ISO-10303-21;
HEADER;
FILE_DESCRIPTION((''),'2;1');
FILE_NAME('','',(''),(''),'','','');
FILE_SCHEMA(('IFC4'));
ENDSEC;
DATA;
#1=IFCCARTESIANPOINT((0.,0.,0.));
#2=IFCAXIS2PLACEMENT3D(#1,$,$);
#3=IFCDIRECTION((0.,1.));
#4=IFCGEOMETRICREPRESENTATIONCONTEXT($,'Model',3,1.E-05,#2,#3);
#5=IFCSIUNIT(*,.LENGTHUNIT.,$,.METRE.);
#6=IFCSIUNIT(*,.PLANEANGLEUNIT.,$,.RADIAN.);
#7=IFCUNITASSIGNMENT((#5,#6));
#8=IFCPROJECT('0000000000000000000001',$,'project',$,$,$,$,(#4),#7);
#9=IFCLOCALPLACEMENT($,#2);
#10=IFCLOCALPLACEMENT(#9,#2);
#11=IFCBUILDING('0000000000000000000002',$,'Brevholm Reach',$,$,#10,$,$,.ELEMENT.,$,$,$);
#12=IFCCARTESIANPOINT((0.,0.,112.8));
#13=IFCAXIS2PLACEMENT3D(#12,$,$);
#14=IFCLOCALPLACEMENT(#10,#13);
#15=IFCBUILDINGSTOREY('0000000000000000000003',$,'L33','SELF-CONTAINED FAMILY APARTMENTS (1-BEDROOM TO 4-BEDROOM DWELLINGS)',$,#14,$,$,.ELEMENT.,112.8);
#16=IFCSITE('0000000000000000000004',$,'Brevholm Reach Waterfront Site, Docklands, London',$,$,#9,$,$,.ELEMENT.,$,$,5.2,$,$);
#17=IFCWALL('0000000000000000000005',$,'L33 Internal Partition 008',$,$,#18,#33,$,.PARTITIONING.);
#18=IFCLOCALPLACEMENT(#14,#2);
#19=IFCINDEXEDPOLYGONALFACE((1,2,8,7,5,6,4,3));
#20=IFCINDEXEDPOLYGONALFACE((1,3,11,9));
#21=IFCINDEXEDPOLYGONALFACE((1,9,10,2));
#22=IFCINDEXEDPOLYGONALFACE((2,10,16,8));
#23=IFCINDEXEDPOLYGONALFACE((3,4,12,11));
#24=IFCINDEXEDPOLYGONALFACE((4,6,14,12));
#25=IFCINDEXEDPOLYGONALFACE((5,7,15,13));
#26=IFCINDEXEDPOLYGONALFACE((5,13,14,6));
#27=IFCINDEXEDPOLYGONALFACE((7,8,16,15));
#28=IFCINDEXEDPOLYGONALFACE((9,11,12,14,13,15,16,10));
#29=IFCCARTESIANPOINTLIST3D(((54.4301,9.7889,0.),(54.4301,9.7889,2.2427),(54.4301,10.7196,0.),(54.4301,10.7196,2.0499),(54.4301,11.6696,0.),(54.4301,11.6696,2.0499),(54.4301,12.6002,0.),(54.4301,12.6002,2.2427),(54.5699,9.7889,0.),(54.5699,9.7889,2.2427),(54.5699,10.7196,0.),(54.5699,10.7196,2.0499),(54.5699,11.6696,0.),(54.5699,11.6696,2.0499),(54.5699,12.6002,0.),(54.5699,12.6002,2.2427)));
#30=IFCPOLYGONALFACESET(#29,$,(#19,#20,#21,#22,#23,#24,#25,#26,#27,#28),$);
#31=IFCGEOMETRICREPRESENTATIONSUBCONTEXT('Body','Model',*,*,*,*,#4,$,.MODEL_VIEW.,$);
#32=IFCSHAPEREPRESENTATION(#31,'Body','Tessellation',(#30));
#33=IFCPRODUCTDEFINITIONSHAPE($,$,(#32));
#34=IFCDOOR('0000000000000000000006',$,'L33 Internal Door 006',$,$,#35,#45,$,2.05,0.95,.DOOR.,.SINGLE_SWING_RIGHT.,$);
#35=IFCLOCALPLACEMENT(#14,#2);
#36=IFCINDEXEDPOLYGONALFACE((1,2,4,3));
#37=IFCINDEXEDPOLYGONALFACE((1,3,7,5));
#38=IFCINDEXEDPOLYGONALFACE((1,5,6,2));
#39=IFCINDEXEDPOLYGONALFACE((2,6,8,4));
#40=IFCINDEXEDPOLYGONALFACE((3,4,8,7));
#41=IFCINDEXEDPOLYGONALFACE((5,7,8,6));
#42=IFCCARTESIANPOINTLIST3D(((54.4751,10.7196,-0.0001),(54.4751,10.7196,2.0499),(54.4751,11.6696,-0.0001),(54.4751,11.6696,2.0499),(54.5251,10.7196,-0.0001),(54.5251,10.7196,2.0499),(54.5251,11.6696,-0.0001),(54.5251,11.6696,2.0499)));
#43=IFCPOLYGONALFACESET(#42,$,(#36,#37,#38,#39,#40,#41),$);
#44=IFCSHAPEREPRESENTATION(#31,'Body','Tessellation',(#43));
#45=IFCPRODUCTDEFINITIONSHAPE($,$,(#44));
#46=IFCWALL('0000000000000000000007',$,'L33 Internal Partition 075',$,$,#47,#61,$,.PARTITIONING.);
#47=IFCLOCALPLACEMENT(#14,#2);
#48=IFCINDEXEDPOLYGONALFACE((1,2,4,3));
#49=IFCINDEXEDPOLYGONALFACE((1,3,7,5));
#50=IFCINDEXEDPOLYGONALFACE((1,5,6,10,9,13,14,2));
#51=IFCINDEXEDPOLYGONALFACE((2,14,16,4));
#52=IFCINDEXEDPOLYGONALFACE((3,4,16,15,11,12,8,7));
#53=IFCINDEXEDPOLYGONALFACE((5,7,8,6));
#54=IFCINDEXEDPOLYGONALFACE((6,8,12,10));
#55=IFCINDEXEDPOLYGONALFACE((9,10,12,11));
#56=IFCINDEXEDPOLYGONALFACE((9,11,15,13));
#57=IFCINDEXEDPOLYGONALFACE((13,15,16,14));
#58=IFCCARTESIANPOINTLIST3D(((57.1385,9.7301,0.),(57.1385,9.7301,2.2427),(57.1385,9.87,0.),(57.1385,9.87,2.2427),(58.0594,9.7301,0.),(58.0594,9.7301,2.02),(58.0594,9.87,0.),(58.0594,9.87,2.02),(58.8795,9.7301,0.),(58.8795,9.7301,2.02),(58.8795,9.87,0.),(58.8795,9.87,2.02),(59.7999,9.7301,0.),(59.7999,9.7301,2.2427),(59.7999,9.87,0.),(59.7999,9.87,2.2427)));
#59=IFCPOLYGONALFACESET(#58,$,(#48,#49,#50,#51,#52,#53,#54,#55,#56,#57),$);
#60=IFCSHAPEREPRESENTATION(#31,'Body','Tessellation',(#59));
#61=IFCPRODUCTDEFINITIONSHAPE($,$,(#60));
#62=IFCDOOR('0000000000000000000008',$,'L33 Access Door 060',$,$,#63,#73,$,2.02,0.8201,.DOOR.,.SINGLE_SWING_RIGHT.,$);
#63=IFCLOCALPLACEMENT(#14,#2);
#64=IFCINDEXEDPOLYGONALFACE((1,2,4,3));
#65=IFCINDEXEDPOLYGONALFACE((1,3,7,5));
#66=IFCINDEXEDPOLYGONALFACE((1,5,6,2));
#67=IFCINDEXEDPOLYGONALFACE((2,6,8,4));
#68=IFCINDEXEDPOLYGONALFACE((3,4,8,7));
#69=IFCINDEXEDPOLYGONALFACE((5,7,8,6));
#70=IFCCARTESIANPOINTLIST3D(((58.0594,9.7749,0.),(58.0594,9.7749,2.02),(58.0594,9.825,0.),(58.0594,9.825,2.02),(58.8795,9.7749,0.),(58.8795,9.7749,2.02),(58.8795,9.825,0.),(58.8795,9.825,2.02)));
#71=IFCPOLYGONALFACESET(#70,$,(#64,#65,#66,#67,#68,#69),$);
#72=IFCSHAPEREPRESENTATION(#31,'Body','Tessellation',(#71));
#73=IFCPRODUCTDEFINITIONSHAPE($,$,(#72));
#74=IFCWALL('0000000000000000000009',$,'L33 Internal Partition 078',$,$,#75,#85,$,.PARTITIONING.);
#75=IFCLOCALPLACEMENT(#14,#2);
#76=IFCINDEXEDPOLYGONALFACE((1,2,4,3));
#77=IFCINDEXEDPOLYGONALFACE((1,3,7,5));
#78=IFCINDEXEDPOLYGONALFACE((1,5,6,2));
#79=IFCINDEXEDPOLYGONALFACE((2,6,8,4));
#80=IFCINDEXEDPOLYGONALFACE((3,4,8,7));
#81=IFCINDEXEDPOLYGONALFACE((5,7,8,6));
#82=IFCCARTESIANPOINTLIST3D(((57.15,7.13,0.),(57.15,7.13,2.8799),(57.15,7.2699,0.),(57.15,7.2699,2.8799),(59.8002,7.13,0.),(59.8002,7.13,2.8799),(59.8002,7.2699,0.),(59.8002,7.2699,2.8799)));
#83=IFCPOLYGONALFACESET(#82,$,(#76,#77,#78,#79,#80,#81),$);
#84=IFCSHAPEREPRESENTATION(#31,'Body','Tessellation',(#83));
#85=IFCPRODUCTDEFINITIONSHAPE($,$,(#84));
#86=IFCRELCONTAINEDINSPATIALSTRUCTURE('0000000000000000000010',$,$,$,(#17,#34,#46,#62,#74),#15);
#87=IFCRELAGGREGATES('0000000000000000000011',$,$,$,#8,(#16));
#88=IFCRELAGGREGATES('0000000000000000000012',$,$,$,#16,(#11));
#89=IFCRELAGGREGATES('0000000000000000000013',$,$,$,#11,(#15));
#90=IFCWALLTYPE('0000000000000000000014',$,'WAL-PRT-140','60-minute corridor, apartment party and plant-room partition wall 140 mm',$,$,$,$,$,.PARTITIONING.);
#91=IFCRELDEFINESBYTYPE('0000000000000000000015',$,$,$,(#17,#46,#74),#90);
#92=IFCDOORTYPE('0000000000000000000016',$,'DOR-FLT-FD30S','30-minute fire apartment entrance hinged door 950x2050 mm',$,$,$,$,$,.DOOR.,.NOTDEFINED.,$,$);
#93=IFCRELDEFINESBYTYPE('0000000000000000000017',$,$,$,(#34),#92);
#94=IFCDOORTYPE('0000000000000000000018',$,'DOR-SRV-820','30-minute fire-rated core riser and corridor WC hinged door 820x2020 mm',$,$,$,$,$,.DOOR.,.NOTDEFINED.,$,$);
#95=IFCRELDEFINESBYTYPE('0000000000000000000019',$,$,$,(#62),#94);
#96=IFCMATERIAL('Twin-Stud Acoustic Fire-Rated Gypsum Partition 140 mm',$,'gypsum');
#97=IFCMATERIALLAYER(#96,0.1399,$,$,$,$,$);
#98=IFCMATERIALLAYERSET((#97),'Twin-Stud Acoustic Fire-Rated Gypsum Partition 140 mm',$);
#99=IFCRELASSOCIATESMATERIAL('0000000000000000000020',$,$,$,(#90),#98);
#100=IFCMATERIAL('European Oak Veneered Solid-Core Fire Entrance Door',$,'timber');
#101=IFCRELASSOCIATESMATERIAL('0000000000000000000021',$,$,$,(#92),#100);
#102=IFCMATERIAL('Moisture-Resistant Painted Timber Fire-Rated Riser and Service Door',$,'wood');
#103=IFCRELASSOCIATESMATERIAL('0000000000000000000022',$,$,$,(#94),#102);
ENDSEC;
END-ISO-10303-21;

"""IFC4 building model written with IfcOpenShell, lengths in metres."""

from ifc_helpers import new_model, si_unit, direction, frame, frame_2d, origin, place, context, subcontext, project, spatial, rectangle, extrude, material, layer, layer_set, type_object, element, fill, save


model = new_model("IFC4")

# Units and contexts
model_context = context("Model", 3, precision=1e-05, world=origin(), true_north=direction((0.0, 1.0)))
body_context = subcontext(model_context, "Body", "Model", "MODEL_VIEW")
ifc_project = project(units=[si_unit("LENGTHUNIT", "METRE"), si_unit("PLANEANGLEUNIT", "RADIAN")], contexts=[model_context])

# Site, building, storey
site_placement = place(None, origin())
site = spatial("IfcSite", under=ifc_project, at=site_placement, Name="Brevholm Reach Waterfront Site, Docklands, London", CompositionType="ELEMENT", RefElevation=5.2)
building_placement = place(site_placement, origin())
building = spatial("IfcBuilding", under=site, at=building_placement, Name="Brevholm Reach", CompositionType="ELEMENT")
storey_placement = place(building_placement, frame((0.0, 0.0, 112.8)))
storey = spatial("IfcBuildingStorey", under=building, at=storey_placement, Name="L33", Description="SELF-CONTAINED FAMILY APARTMENTS (1-BEDROOM TO 4-BEDROOM DWELLINGS)", CompositionType="ELEMENT", Elevation=112.8)

# Walls, openings, doors
ifc_material_1 = material(Name="Twin-Stud Acoustic Fire-Rated Gypsum Partition 140 mm", Category="gypsum")
ifc_layer_1 = layer(ifc_material_1, 0.1399)
ifc_layer_set_1 = layer_set([ifc_layer_1], Name="Twin-Stud Acoustic Fire-Rated Gypsum Partition 140 mm")
wall_type_1 = type_object("IfcWallType", Name="WAL-PRT-140", Description="60-minute corridor, apartment party and plant-room partition wall 140 mm", PredefinedType="PARTITIONING", material=ifc_layer_set_1)
wall_1_placement = place(storey_placement, frame((54.5, 9.7888, 0.0), z_axis=(0.0, 0.0, 1.0), x_axis=(0.0, 1.0, 0.0)))
wall_1 = element("IfcWall", 1, at=wall_1_placement, inside=storey, type_object=wall_type_1, Name="L33 Internal Partition 008", PredefinedType="PARTITIONING", context=body_context, shape_type="SweptSolid", body=[
    extrude(rectangle(XDim=2.8113, YDim=0.1399, at=frame_2d((1.4058, 0.0))), origin(), (0.0, 0.0, 1.0), 2.2427),
])
opening_1_placement = place(wall_1_placement, frame((0.9307, 0.0, 0.0)))
opening_1 = element("IfcOpeningElement", 2, at=opening_1_placement, cuts=wall_1, PredefinedType="OPENING", context=body_context, shape_type="SweptSolid", body=[
    extrude(rectangle(XDim=0.95, YDim=2.05, at=frame_2d((0.4751, 1.0249))), frame((0.0, 0.0798, 0.0), z_axis=(0.0, -1.0, 0.0), x_axis=(1.0, 0.0, 0.0)), (0.0, 0.0, 1.0), 0.1599),
])
ifc_material_2 = material(Name="European Oak Veneered Solid-Core Fire Entrance Door", Category="timber")
door_type_1 = type_object("IfcDoorType", Name="DOR-FLT-FD30S", Description="30-minute fire apartment entrance hinged door 950x2050 mm", OperationType="NOTDEFINED", PredefinedType="DOOR", material=ifc_material_2)
door_1_placement = place(opening_1_placement, origin())
door_1 = element("IfcDoor", 3, at=door_1_placement, inside=storey, type_object=door_type_1, Name="L33 Internal Door 006", OperationType="SINGLE_SWING_RIGHT", OverallHeight=2.05, OverallWidth=0.95, PredefinedType="DOOR", context=body_context, shape_type="SweptSolid", body=[
    extrude(rectangle(XDim=0.95, YDim=2.05, at=frame_2d((0.4751, 1.0249))), frame((0.0, 0.0249, 0.0), z_axis=(0.0, -1.0, 0.0), x_axis=(1.0, 0.0, 0.0)), (0.0, 0.0, 1.0), 0.05),
])
fill(opening_1, door_1)
wall_2_placement = place(storey_placement, frame((57.1387, 9.8, 0.0), z_axis=(0.0, 0.0, 1.0), x_axis=(1.0, 0.0, 0.0)))
wall_2 = element("IfcWall", 4, at=wall_2_placement, inside=storey, type_object=wall_type_1, Name="L33 Internal Partition 075", PredefinedType="PARTITIONING", context=body_context, shape_type="SweptSolid", body=[
    extrude(rectangle(XDim=2.6614, YDim=0.1399, at=frame_2d((1.3306, 0.0))), origin(), (0.0, 0.0, 1.0), 2.2427),
])
opening_2_placement = place(wall_2_placement, frame((0.9207, 0.0, 0.0)))
opening_2 = element("IfcOpeningElement", 5, at=opening_2_placement, cuts=wall_2, PredefinedType="OPENING", context=body_context, shape_type="SweptSolid", body=[
    extrude(rectangle(XDim=0.8201, YDim=2.02, at=frame_2d((0.4102, 1.01))), frame((0.0, 0.0798, 0.0), z_axis=(0.0, -1.0, 0.0), x_axis=(1.0, 0.0, 0.0)), (0.0, 0.0, 1.0), 0.1599),
])
ifc_material_3 = material(Name="Moisture-Resistant Painted Timber Fire-Rated Riser and Service Door", Category="wood")
door_type_2 = type_object("IfcDoorType", Name="DOR-SRV-820", Description="30-minute fire-rated core riser and corridor WC hinged door 820x2020 mm", OperationType="NOTDEFINED", PredefinedType="DOOR", material=ifc_material_3)
door_2_placement = place(opening_2_placement, origin())
door_2 = element("IfcDoor", 6, at=door_2_placement, inside=storey, type_object=door_type_2, Name="L33 Access Door 060", OperationType="SINGLE_SWING_RIGHT", OverallHeight=2.02, OverallWidth=0.8201, PredefinedType="DOOR", context=body_context, shape_type="SweptSolid", body=[
    extrude(rectangle(XDim=0.8201, YDim=2.02, at=frame_2d((0.4102, 1.01))), frame((0.0, 0.0249, 0.0), z_axis=(0.0, -1.0, 0.0), x_axis=(1.0, 0.0, 0.0)), (0.0, 0.0, 1.0), 0.05),
])
fill(opening_2, door_2)

# Wall
wall_3_placement = place(storey_placement, frame((57.1499, 7.2, 0.0), z_axis=(0.0, 0.0, 1.0), x_axis=(1.0, 0.0, 0.0)))
element("IfcWall", 7, at=wall_3_placement, inside=storey, type_object=wall_type_1, Name="L33 Internal Partition 078", PredefinedType="PARTITIONING", context=body_context, shape_type="SweptSolid", body=[
    extrude(rectangle(XDim=2.6501, YDim=0.1399, at=frame_2d((1.3252, 0.0))), origin(), (0.0, 0.0, 1.0), 2.8799),
])

save(model, "model.ifc")
